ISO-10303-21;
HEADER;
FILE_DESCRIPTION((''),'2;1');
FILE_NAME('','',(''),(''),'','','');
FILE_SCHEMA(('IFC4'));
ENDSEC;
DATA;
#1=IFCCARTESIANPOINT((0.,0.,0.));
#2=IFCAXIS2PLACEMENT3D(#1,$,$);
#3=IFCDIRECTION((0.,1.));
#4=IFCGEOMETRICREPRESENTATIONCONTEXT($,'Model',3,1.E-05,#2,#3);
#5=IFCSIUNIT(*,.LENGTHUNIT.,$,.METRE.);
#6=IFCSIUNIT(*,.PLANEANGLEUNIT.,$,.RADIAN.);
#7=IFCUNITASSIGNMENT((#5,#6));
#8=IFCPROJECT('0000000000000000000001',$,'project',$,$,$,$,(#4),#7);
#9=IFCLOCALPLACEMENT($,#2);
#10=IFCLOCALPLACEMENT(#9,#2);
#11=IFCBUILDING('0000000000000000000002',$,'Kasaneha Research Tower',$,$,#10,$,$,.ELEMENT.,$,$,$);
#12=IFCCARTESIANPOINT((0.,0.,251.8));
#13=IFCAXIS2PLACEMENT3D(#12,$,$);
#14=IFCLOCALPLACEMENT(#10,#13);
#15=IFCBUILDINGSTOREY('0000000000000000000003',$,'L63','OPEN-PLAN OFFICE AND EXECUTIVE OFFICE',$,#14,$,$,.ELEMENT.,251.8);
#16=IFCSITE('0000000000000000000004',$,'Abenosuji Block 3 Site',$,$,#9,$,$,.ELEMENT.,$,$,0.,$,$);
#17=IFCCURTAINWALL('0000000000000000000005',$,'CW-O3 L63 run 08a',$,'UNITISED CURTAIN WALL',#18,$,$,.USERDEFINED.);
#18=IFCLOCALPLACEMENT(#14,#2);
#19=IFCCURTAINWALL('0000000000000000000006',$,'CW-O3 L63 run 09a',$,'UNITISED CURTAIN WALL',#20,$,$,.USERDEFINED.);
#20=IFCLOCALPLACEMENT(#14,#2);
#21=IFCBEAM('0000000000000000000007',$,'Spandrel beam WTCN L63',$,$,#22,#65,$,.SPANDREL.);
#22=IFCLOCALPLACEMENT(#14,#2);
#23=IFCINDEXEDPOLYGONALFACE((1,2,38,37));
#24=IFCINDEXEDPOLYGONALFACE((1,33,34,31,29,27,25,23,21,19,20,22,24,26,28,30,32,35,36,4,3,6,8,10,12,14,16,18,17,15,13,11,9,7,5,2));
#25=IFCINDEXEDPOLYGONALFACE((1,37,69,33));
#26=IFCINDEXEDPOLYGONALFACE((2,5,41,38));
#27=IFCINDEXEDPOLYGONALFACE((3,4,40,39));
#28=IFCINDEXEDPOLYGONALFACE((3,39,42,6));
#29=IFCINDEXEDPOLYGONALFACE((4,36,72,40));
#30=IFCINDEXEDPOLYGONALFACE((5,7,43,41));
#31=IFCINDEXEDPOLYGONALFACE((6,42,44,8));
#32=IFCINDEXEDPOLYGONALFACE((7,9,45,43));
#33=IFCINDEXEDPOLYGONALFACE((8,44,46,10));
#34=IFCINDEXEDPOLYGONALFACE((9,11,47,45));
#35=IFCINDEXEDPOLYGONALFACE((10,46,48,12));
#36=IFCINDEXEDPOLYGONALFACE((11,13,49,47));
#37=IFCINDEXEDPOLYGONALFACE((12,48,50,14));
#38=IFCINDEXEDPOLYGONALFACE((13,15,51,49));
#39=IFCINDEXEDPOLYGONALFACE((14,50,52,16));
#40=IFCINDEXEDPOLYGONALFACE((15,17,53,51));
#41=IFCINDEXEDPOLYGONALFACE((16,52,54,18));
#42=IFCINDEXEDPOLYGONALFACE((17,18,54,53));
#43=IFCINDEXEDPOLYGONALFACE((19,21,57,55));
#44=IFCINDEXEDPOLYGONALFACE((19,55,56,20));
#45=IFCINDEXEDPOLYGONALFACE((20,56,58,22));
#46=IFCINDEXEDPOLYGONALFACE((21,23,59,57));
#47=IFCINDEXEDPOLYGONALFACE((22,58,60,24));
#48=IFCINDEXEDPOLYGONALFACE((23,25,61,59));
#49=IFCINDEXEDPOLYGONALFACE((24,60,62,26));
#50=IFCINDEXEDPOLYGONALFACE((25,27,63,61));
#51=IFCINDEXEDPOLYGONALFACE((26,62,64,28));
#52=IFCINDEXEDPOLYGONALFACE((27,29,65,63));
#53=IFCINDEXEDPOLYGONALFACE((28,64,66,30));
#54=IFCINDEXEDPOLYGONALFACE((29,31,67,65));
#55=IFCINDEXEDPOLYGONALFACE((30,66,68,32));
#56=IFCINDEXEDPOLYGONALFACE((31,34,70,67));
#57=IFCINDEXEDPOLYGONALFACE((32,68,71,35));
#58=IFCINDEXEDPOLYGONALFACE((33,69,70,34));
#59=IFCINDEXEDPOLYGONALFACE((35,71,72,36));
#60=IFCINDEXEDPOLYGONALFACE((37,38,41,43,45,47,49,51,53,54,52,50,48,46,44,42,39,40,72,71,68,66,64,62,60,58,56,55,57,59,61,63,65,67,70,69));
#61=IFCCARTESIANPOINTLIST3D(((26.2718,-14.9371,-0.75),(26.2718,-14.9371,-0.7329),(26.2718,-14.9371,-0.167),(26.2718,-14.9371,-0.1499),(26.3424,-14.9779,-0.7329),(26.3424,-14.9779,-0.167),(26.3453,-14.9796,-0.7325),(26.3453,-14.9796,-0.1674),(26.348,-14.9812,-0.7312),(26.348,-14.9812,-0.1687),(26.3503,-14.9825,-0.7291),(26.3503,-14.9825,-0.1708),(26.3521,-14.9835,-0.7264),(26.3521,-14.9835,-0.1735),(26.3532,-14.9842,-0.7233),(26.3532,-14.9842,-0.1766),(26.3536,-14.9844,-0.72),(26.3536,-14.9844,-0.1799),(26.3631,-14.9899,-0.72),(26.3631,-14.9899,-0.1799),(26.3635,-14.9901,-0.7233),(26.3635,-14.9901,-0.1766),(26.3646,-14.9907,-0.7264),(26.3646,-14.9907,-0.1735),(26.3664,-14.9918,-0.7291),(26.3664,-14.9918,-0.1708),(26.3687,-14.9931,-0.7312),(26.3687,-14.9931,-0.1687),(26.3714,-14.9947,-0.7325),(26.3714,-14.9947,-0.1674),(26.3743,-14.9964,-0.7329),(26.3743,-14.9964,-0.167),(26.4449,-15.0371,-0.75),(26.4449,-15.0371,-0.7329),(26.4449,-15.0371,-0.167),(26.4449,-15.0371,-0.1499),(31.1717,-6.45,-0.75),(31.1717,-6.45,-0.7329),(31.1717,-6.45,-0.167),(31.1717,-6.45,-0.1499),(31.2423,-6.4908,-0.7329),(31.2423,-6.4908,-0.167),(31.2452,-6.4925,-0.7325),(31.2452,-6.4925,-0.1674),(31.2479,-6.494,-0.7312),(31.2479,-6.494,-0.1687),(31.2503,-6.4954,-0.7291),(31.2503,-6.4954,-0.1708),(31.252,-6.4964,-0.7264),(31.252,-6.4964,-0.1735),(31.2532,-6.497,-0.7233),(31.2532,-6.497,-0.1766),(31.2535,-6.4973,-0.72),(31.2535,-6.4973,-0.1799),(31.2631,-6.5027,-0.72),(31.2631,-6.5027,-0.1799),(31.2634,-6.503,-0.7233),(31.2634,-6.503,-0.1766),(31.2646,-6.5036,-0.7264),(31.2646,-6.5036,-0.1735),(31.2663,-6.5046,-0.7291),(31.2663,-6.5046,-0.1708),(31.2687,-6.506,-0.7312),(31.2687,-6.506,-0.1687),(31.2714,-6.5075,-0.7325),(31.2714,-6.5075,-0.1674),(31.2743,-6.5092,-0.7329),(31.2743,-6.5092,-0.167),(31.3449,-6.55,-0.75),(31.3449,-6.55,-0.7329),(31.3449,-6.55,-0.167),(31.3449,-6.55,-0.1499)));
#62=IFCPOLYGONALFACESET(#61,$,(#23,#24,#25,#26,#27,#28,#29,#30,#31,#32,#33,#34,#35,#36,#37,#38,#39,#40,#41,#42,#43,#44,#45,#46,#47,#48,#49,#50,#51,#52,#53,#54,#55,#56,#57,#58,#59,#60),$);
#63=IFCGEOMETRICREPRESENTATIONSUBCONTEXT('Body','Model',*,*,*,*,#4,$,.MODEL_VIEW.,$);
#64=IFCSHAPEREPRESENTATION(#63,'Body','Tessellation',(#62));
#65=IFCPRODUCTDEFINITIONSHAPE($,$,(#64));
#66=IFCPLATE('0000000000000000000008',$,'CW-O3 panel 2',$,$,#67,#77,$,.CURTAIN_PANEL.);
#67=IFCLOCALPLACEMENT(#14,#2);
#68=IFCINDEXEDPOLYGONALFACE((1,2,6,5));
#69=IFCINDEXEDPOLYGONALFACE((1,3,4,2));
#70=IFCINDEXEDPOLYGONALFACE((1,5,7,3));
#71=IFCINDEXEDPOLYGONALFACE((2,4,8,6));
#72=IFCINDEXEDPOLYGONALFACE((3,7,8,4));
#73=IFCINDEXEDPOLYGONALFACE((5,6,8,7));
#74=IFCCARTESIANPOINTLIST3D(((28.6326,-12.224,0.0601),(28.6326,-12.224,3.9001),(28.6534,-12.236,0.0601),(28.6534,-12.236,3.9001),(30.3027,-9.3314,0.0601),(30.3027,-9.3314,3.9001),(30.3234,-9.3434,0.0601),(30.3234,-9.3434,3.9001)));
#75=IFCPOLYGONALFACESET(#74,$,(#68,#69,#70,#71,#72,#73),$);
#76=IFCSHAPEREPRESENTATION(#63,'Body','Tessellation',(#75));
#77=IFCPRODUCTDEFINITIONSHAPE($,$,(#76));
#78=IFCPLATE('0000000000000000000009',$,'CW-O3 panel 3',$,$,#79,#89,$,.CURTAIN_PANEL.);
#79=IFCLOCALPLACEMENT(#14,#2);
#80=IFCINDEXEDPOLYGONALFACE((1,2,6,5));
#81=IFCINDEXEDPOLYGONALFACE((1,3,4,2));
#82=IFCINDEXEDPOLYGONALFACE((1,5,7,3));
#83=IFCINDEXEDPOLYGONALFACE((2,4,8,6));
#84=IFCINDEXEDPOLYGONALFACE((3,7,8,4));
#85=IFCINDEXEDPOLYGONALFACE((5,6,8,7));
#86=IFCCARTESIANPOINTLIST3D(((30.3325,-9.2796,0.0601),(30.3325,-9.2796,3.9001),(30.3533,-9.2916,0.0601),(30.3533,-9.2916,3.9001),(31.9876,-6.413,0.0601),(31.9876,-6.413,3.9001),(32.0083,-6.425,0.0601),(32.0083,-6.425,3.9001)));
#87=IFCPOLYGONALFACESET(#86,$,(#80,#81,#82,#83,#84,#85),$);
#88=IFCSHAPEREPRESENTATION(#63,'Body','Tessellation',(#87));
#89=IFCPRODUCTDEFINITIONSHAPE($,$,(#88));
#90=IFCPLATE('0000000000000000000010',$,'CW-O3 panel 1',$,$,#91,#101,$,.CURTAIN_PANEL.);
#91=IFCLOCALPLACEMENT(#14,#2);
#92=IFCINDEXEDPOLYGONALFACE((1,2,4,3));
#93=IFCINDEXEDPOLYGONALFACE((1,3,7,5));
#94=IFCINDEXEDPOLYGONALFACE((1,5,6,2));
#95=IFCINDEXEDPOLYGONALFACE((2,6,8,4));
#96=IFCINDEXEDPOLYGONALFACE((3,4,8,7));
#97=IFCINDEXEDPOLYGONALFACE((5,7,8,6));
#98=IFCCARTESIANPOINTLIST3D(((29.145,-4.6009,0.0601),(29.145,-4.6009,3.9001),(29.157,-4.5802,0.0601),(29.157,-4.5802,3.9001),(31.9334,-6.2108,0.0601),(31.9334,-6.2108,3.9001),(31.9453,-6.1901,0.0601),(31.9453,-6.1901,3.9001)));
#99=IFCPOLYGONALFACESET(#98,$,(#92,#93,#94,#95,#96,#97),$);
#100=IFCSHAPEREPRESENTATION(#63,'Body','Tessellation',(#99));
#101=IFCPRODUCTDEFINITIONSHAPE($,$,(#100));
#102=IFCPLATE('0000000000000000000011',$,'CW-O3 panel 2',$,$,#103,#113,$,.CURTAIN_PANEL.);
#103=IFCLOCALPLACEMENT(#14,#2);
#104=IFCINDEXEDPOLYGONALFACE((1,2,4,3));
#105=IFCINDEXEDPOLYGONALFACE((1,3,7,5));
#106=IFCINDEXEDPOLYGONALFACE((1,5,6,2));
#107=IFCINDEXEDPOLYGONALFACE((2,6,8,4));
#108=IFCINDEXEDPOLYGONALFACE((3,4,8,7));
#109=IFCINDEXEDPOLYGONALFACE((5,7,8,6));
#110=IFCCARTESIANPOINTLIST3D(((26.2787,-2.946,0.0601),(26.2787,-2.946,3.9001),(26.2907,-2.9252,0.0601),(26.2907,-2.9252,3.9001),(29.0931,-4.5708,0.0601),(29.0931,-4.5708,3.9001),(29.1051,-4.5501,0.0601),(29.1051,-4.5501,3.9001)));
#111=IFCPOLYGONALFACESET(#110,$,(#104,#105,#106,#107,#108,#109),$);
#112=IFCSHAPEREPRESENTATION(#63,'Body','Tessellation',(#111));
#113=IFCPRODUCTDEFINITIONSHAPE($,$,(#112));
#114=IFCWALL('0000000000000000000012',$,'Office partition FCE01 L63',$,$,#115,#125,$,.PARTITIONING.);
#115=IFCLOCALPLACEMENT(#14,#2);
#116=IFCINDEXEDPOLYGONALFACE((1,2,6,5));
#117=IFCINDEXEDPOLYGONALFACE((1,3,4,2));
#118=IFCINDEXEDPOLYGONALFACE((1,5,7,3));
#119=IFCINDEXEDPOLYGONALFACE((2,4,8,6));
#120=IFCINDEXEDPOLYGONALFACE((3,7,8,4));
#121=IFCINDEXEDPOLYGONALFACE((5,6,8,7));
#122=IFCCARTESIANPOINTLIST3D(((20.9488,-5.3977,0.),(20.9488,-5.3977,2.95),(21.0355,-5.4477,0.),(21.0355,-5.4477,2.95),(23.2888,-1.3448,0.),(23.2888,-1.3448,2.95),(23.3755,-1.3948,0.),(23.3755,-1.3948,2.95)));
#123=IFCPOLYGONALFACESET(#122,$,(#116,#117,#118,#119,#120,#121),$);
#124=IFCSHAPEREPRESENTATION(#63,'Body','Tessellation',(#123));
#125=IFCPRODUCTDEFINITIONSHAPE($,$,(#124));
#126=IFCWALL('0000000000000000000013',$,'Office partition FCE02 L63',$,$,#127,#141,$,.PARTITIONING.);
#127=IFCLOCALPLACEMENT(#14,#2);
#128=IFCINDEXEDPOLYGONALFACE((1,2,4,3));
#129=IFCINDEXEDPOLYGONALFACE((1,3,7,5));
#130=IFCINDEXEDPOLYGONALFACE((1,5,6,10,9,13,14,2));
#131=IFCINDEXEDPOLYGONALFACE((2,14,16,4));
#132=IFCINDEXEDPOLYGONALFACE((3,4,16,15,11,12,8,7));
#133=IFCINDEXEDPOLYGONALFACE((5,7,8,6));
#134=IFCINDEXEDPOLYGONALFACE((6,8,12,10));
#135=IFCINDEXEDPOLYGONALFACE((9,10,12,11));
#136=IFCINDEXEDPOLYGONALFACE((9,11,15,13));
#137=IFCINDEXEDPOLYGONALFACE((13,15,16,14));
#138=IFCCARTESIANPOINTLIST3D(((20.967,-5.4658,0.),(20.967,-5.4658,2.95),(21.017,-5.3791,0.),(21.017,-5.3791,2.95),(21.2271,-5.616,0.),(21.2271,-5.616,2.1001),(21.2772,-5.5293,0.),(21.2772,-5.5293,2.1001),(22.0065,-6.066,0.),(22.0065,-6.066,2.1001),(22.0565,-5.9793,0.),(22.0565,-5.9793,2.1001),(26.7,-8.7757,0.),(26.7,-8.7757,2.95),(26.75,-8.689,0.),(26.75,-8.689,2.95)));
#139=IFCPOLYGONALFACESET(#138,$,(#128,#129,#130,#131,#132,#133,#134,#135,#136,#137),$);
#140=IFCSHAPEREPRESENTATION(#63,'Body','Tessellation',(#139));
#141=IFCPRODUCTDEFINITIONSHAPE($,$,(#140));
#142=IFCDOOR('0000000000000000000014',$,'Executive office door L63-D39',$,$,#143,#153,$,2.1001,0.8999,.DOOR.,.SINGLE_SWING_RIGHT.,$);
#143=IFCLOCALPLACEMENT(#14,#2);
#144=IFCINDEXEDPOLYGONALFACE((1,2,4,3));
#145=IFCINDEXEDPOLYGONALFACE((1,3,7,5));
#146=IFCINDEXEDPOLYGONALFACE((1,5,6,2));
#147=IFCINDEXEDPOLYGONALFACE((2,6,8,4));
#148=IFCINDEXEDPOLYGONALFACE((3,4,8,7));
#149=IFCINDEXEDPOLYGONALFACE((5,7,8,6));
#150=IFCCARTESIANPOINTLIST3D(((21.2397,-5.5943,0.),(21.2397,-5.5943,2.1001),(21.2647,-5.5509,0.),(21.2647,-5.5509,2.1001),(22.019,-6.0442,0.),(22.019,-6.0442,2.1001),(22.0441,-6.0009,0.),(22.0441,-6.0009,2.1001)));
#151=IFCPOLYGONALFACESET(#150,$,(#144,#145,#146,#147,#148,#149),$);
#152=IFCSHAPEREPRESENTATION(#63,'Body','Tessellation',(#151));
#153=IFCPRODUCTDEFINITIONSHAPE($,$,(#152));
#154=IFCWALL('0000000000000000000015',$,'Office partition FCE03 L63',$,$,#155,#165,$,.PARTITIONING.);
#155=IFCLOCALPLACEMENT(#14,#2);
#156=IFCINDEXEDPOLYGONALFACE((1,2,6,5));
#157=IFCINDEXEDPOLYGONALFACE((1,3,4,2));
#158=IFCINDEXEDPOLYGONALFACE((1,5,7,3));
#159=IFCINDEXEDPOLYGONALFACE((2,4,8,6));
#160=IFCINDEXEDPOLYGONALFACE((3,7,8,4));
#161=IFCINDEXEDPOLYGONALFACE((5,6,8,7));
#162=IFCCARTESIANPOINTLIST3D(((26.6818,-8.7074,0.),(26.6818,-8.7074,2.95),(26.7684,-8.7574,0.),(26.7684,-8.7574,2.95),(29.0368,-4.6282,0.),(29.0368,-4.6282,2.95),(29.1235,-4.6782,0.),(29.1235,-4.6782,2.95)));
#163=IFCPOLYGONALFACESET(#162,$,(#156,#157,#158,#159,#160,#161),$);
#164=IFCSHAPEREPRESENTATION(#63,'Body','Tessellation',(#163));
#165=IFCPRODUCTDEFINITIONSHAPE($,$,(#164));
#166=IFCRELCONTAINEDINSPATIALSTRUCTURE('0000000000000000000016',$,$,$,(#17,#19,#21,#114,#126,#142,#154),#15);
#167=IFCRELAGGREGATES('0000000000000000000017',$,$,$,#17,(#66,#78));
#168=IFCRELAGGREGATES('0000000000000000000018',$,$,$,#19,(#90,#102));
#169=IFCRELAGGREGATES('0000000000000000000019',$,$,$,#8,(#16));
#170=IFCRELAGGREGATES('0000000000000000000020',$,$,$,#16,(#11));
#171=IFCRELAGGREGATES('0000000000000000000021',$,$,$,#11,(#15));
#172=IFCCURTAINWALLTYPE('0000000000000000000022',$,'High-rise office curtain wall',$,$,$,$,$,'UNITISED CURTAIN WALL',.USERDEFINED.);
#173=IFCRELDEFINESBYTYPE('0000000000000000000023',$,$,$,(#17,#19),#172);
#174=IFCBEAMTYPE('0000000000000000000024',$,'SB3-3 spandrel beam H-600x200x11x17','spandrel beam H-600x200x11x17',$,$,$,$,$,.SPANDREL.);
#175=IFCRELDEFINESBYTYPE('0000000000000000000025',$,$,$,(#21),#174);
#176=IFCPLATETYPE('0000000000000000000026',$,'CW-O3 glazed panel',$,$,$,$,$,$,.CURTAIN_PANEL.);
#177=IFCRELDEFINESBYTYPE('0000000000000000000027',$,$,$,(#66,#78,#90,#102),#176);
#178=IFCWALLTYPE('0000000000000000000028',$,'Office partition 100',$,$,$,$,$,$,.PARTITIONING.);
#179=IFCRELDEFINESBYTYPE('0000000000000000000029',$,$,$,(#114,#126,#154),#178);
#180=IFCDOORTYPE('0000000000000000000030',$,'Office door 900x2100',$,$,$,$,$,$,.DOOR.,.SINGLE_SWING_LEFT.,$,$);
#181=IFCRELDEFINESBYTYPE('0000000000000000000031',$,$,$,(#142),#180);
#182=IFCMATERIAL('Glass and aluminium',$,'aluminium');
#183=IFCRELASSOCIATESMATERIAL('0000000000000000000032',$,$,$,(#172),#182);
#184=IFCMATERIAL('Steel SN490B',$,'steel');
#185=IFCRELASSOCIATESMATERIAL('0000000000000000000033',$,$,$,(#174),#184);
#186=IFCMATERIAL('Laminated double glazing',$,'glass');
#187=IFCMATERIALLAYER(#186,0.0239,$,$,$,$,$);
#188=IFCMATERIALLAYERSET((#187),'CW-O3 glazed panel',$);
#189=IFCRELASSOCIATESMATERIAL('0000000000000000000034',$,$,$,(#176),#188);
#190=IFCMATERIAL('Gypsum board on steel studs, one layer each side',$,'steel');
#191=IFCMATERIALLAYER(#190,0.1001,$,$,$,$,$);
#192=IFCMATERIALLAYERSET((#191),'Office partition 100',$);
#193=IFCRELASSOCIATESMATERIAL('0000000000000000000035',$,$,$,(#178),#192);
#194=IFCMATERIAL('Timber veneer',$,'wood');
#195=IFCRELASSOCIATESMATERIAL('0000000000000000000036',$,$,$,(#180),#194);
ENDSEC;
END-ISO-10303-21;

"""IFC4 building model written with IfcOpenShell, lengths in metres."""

from ifc_helpers import new_model, si_unit, direction, frame, frame_2d, origin, origin_2d, place, context, subcontext, project, spatial, rectangle, i_section, extrude, material, layer, layer_set, material_profile, profile_set, type_object, element, fill, aggregate, save


model = new_model("IFC4")

# Units and contexts
model_context = context("Model", 3, precision=1e-05, world=origin(), true_north=direction((0.0, 1.0)))
body_context = subcontext(model_context, "Body", "Model", "MODEL_VIEW")
ifc_project = project(units=[si_unit("LENGTHUNIT", "METRE"), si_unit("PLANEANGLEUNIT", "RADIAN")], contexts=[model_context])

# Site, building, storey
site_placement = place(None, origin())
site = spatial("IfcSite", under=ifc_project, at=site_placement, Name="Abenosuji Block 3 Site", CompositionType="ELEMENT", RefElevation=0.0)
building_placement = place(site_placement, origin())
building = spatial("IfcBuilding", under=site, at=building_placement, Name="Kasaneha Research Tower", CompositionType="ELEMENT")
storey_placement = place(building_placement, frame((0.0, 0.0, 251.8)))
storey = spatial("IfcBuildingStorey", under=building, at=storey_placement, Name="L63", Description="OPEN-PLAN OFFICE AND EXECUTIVE OFFICE", CompositionType="ELEMENT", Elevation=251.8)

# Curtain walls
ifc_material_1 = material(Name="Glass and aluminium", Category="aluminium")
curtain_wall_type = type_object("IfcCurtainWallType", Name="High-rise office curtain wall", ElementType="UNITISED CURTAIN WALL", PredefinedType="USERDEFINED", material=ifc_material_1)
curtain_wall_1_placement = place(storey_placement, origin())
curtain_wall_1 = element("IfcCurtainWall", 1, at=curtain_wall_1_placement, inside=storey, type_object=curtain_wall_type, Name="CW-O3 L63 run 08a", ObjectType="UNITISED CURTAIN WALL", PredefinedType="USERDEFINED")
curtain_wall_2_placement = place(storey_placement, origin())
curtain_wall_2 = element("IfcCurtainWall", 2, at=curtain_wall_2_placement, inside=storey, type_object=curtain_wall_type, Name="CW-O3 L63 run 09a", ObjectType="UNITISED CURTAIN WALL", PredefinedType="USERDEFINED")

# Beam
ifc_material_2 = material(Name="Steel SN490B", Category="steel")
ifc_material_profile_1 = material_profile(ifc_material_2, i_section(OverallWidth=0.2, OverallDepth=0.6001, WebThickness=0.011, FlangeThickness=0.0171, FilletRadius=0.0129, at=origin_2d()), Name="H-600x200x11x17")
ifc_profile_set_1 = profile_set([ifc_material_profile_1], Name="Steel SN490B")
beam_type_1 = type_object("IfcBeamType", Name="SB3-3 spandrel beam H-600x200x11x17", Description="spandrel beam H-600x200x11x17", PredefinedType="SPANDREL", material=ifc_profile_set_1)
beam_1_placement = place(storey_placement, frame((31.2583, -6.5, -0.45), z_axis=(-0.499992, -0.86603, 0.0), x_axis=(0.86603, -0.499992, 0.0)))
element("IfcBeam", 3, at=beam_1_placement, inside=storey, type_object=beam_type_1, Name="Spandrel beam WTCN L63", PredefinedType="SPANDREL", context=body_context, shape_type="SweptSolid", body=[
    extrude(i_section(OverallWidth=0.2, OverallDepth=0.6001, WebThickness=0.011, FlangeThickness=0.0171, FilletRadius=0.0129, at=origin_2d()), origin(), (0.0, 0.0, 1.0), 9.8),
])

# Plates
ifc_material_3 = material(Name="Laminated double glazing", Category="glass")
ifc_layer_1 = layer(ifc_material_3, 0.0239)
ifc_layer_set_1 = layer_set([ifc_layer_1], Name="CW-O3 glazed panel")
plate_type = type_object("IfcPlateType", Name="CW-O3 glazed panel", PredefinedType="CURTAIN_PANEL", material=ifc_layer_set_1)
plate_1_placement = place(storey_placement, frame((29.478, -10.7837, 0.0601), z_axis=(0.0, 0.0, 1.0), x_axis=(0.5, 0.866025, 0.0)))
plate_1 = element("IfcPlate", 4, at=plate_1_placement, type_object=plate_type, Name="CW-O3 panel 2", PredefinedType="CURTAIN_PANEL", context=body_context, shape_type="SweptSolid", body=[
    extrude(rectangle(XDim=3.3401, YDim=0.0239, at=origin_2d()), origin(), (0.0, 0.0, 1.0), 3.8401),
])
plate_2_placement = place(storey_placement, frame((31.1704, -7.8523, 0.0601), z_axis=(0.0, 0.0, 1.0), x_axis=(0.5, 0.866025, 0.0)))
plate_2 = element("IfcPlate", 5, at=plate_2_placement, type_object=plate_type, Name="CW-O3 panel 3", PredefinedType="CURTAIN_PANEL", context=body_context, shape_type="SweptSolid", body=[
    extrude(rectangle(XDim=3.3101, YDim=0.0239, at=origin_2d()), origin(), (0.0, 0.0, 1.0), 3.8401),
])
aggregate(curtain_wall_1, [plate_1, plate_2])
plate_3_placement = place(storey_placement, frame((30.5452, -5.3955, 0.0601), z_axis=(0.0, 0.0, 1.0), x_axis=(-0.866025, 0.5, 0.0)))
plate_3 = element("IfcPlate", 6, at=plate_3_placement, type_object=plate_type, Name="CW-O3 panel 1", PredefinedType="CURTAIN_PANEL", context=body_context, shape_type="SweptSolid", body=[
    extrude(rectangle(XDim=3.2197, YDim=0.0239, at=origin_2d()), origin(), (0.0, 0.0, 1.0), 3.8401),
])
plate_4_placement = place(storey_placement, frame((27.6919, -3.748, 0.0601), z_axis=(0.0, 0.0, 1.0), x_axis=(-0.866025, 0.5, 0.0)))
plate_4 = element("IfcPlate", 7, at=plate_4_placement, type_object=plate_type, Name="CW-O3 panel 2", PredefinedType="CURTAIN_PANEL", context=body_context, shape_type="SweptSolid", body=[
    extrude(rectangle(XDim=3.2498, YDim=0.0239, at=origin_2d()), origin(), (0.0, 0.0, 1.0), 3.8401),
])
aggregate(curtain_wall_2, [plate_3, plate_4])

# Wall
ifc_material_4 = material(Name="Gypsum board on steel studs, one layer each side", Category="steel")
ifc_layer_2 = layer(ifc_material_4, 0.1001)
ifc_layer_set_2 = layer_set([ifc_layer_2], Name="Office partition 100")
wall_type = type_object("IfcWallType", Name="Office partition 100", PredefinedType="PARTITIONING", material=ifc_layer_set_2)
wall_1_placement = place(storey_placement, frame((20.9922, -5.4226, 0.0), z_axis=(0.0, 0.0, 1.0), x_axis=(0.500016, 0.866016, 0.0)))
element("IfcWall", 8, at=wall_1_placement, inside=storey, type_object=wall_type, Name="Office partition FCE01 L63", PredefinedType="PARTITIONING", context=body_context, shape_type="SweptSolid", body=[
    extrude(rectangle(XDim=4.6799, YDim=0.1001, at=frame_2d((2.3398, 0.0))), origin(), (0.0, 0.0, 1.0), 2.95),
])

# Wall, opening, door
wall_2_placement = place(storey_placement, frame((26.7251, -8.7324, 0.0), z_axis=(0.0, 0.0, 1.0), x_axis=(-0.866031, 0.499991, 0.0)))
wall_2 = element("IfcWall", 9, at=wall_2_placement, inside=storey, type_object=wall_type, Name="Office partition FCE02 L63", PredefinedType="PARTITIONING", context=body_context, shape_type="SweptSolid", body=[
    extrude(rectangle(XDim=6.6199, YDim=0.1001, at=frame_2d((3.3101, 0.0))), origin(), (0.0, 0.0, 1.0), 2.95),
])
opening_1_placement = place(wall_2_placement, frame((5.4197, 0.0, 0.0)))
opening_1 = element("IfcOpeningElement", 10, at=opening_1_placement, cuts=wall_2, PredefinedType="OPENING", context=body_context, shape_type="SweptSolid", body=[
    extrude(rectangle(XDim=0.8999, YDim=2.1001, at=frame_2d((0.45, 1.05))), frame((0.0, 0.0601, 0.0), z_axis=(0.0, -1.0, 0.0), x_axis=(1.0, 0.0, 0.0)), (0.0, 0.0, 1.0), 0.1201),
])
ifc_material_5 = material(Name="Timber veneer", Category="wood")
door_type = type_object("IfcDoorType", Name="Office door 900x2100", OperationType="SINGLE_SWING_LEFT", PredefinedType="DOOR", material=ifc_material_5)
door_1_placement = place(opening_1_placement, origin())
door_1 = element("IfcDoor", 11, at=door_1_placement, inside=storey, type_object=door_type, Name="Executive office door L63-D39", OperationType="SINGLE_SWING_RIGHT", OverallHeight=2.1001, OverallWidth=0.8999, PredefinedType="DOOR", context=body_context, shape_type="SweptSolid", body=[
    extrude(rectangle(XDim=0.8999, YDim=2.1001, at=frame_2d((0.45, 1.05))), frame((0.0, 0.0249, 0.0), z_axis=(0.0, -1.0, 0.0), x_axis=(1.0, 0.0, 0.0)), (0.0, 0.0, 1.0), 0.05),
])
fill(opening_1, door_1)

# Wall
wall_3_placement = place(storey_placement, frame((29.0801, -4.6533, 0.0), z_axis=(0.0, 0.0, 1.0), x_axis=(-0.499986, -0.866034, 0.0)))
element("IfcWall", 12, at=wall_3_placement, inside=storey, type_object=wall_type, Name="Office partition FCE03 L63", PredefinedType="PARTITIONING", context=body_context, shape_type="SweptSolid", body=[
    extrude(rectangle(XDim=4.7102, YDim=0.1001, at=frame_2d((2.355, 0.0))), origin(), (0.0, 0.0, 1.0), 2.95),
])

save(model, "model.ifc")
